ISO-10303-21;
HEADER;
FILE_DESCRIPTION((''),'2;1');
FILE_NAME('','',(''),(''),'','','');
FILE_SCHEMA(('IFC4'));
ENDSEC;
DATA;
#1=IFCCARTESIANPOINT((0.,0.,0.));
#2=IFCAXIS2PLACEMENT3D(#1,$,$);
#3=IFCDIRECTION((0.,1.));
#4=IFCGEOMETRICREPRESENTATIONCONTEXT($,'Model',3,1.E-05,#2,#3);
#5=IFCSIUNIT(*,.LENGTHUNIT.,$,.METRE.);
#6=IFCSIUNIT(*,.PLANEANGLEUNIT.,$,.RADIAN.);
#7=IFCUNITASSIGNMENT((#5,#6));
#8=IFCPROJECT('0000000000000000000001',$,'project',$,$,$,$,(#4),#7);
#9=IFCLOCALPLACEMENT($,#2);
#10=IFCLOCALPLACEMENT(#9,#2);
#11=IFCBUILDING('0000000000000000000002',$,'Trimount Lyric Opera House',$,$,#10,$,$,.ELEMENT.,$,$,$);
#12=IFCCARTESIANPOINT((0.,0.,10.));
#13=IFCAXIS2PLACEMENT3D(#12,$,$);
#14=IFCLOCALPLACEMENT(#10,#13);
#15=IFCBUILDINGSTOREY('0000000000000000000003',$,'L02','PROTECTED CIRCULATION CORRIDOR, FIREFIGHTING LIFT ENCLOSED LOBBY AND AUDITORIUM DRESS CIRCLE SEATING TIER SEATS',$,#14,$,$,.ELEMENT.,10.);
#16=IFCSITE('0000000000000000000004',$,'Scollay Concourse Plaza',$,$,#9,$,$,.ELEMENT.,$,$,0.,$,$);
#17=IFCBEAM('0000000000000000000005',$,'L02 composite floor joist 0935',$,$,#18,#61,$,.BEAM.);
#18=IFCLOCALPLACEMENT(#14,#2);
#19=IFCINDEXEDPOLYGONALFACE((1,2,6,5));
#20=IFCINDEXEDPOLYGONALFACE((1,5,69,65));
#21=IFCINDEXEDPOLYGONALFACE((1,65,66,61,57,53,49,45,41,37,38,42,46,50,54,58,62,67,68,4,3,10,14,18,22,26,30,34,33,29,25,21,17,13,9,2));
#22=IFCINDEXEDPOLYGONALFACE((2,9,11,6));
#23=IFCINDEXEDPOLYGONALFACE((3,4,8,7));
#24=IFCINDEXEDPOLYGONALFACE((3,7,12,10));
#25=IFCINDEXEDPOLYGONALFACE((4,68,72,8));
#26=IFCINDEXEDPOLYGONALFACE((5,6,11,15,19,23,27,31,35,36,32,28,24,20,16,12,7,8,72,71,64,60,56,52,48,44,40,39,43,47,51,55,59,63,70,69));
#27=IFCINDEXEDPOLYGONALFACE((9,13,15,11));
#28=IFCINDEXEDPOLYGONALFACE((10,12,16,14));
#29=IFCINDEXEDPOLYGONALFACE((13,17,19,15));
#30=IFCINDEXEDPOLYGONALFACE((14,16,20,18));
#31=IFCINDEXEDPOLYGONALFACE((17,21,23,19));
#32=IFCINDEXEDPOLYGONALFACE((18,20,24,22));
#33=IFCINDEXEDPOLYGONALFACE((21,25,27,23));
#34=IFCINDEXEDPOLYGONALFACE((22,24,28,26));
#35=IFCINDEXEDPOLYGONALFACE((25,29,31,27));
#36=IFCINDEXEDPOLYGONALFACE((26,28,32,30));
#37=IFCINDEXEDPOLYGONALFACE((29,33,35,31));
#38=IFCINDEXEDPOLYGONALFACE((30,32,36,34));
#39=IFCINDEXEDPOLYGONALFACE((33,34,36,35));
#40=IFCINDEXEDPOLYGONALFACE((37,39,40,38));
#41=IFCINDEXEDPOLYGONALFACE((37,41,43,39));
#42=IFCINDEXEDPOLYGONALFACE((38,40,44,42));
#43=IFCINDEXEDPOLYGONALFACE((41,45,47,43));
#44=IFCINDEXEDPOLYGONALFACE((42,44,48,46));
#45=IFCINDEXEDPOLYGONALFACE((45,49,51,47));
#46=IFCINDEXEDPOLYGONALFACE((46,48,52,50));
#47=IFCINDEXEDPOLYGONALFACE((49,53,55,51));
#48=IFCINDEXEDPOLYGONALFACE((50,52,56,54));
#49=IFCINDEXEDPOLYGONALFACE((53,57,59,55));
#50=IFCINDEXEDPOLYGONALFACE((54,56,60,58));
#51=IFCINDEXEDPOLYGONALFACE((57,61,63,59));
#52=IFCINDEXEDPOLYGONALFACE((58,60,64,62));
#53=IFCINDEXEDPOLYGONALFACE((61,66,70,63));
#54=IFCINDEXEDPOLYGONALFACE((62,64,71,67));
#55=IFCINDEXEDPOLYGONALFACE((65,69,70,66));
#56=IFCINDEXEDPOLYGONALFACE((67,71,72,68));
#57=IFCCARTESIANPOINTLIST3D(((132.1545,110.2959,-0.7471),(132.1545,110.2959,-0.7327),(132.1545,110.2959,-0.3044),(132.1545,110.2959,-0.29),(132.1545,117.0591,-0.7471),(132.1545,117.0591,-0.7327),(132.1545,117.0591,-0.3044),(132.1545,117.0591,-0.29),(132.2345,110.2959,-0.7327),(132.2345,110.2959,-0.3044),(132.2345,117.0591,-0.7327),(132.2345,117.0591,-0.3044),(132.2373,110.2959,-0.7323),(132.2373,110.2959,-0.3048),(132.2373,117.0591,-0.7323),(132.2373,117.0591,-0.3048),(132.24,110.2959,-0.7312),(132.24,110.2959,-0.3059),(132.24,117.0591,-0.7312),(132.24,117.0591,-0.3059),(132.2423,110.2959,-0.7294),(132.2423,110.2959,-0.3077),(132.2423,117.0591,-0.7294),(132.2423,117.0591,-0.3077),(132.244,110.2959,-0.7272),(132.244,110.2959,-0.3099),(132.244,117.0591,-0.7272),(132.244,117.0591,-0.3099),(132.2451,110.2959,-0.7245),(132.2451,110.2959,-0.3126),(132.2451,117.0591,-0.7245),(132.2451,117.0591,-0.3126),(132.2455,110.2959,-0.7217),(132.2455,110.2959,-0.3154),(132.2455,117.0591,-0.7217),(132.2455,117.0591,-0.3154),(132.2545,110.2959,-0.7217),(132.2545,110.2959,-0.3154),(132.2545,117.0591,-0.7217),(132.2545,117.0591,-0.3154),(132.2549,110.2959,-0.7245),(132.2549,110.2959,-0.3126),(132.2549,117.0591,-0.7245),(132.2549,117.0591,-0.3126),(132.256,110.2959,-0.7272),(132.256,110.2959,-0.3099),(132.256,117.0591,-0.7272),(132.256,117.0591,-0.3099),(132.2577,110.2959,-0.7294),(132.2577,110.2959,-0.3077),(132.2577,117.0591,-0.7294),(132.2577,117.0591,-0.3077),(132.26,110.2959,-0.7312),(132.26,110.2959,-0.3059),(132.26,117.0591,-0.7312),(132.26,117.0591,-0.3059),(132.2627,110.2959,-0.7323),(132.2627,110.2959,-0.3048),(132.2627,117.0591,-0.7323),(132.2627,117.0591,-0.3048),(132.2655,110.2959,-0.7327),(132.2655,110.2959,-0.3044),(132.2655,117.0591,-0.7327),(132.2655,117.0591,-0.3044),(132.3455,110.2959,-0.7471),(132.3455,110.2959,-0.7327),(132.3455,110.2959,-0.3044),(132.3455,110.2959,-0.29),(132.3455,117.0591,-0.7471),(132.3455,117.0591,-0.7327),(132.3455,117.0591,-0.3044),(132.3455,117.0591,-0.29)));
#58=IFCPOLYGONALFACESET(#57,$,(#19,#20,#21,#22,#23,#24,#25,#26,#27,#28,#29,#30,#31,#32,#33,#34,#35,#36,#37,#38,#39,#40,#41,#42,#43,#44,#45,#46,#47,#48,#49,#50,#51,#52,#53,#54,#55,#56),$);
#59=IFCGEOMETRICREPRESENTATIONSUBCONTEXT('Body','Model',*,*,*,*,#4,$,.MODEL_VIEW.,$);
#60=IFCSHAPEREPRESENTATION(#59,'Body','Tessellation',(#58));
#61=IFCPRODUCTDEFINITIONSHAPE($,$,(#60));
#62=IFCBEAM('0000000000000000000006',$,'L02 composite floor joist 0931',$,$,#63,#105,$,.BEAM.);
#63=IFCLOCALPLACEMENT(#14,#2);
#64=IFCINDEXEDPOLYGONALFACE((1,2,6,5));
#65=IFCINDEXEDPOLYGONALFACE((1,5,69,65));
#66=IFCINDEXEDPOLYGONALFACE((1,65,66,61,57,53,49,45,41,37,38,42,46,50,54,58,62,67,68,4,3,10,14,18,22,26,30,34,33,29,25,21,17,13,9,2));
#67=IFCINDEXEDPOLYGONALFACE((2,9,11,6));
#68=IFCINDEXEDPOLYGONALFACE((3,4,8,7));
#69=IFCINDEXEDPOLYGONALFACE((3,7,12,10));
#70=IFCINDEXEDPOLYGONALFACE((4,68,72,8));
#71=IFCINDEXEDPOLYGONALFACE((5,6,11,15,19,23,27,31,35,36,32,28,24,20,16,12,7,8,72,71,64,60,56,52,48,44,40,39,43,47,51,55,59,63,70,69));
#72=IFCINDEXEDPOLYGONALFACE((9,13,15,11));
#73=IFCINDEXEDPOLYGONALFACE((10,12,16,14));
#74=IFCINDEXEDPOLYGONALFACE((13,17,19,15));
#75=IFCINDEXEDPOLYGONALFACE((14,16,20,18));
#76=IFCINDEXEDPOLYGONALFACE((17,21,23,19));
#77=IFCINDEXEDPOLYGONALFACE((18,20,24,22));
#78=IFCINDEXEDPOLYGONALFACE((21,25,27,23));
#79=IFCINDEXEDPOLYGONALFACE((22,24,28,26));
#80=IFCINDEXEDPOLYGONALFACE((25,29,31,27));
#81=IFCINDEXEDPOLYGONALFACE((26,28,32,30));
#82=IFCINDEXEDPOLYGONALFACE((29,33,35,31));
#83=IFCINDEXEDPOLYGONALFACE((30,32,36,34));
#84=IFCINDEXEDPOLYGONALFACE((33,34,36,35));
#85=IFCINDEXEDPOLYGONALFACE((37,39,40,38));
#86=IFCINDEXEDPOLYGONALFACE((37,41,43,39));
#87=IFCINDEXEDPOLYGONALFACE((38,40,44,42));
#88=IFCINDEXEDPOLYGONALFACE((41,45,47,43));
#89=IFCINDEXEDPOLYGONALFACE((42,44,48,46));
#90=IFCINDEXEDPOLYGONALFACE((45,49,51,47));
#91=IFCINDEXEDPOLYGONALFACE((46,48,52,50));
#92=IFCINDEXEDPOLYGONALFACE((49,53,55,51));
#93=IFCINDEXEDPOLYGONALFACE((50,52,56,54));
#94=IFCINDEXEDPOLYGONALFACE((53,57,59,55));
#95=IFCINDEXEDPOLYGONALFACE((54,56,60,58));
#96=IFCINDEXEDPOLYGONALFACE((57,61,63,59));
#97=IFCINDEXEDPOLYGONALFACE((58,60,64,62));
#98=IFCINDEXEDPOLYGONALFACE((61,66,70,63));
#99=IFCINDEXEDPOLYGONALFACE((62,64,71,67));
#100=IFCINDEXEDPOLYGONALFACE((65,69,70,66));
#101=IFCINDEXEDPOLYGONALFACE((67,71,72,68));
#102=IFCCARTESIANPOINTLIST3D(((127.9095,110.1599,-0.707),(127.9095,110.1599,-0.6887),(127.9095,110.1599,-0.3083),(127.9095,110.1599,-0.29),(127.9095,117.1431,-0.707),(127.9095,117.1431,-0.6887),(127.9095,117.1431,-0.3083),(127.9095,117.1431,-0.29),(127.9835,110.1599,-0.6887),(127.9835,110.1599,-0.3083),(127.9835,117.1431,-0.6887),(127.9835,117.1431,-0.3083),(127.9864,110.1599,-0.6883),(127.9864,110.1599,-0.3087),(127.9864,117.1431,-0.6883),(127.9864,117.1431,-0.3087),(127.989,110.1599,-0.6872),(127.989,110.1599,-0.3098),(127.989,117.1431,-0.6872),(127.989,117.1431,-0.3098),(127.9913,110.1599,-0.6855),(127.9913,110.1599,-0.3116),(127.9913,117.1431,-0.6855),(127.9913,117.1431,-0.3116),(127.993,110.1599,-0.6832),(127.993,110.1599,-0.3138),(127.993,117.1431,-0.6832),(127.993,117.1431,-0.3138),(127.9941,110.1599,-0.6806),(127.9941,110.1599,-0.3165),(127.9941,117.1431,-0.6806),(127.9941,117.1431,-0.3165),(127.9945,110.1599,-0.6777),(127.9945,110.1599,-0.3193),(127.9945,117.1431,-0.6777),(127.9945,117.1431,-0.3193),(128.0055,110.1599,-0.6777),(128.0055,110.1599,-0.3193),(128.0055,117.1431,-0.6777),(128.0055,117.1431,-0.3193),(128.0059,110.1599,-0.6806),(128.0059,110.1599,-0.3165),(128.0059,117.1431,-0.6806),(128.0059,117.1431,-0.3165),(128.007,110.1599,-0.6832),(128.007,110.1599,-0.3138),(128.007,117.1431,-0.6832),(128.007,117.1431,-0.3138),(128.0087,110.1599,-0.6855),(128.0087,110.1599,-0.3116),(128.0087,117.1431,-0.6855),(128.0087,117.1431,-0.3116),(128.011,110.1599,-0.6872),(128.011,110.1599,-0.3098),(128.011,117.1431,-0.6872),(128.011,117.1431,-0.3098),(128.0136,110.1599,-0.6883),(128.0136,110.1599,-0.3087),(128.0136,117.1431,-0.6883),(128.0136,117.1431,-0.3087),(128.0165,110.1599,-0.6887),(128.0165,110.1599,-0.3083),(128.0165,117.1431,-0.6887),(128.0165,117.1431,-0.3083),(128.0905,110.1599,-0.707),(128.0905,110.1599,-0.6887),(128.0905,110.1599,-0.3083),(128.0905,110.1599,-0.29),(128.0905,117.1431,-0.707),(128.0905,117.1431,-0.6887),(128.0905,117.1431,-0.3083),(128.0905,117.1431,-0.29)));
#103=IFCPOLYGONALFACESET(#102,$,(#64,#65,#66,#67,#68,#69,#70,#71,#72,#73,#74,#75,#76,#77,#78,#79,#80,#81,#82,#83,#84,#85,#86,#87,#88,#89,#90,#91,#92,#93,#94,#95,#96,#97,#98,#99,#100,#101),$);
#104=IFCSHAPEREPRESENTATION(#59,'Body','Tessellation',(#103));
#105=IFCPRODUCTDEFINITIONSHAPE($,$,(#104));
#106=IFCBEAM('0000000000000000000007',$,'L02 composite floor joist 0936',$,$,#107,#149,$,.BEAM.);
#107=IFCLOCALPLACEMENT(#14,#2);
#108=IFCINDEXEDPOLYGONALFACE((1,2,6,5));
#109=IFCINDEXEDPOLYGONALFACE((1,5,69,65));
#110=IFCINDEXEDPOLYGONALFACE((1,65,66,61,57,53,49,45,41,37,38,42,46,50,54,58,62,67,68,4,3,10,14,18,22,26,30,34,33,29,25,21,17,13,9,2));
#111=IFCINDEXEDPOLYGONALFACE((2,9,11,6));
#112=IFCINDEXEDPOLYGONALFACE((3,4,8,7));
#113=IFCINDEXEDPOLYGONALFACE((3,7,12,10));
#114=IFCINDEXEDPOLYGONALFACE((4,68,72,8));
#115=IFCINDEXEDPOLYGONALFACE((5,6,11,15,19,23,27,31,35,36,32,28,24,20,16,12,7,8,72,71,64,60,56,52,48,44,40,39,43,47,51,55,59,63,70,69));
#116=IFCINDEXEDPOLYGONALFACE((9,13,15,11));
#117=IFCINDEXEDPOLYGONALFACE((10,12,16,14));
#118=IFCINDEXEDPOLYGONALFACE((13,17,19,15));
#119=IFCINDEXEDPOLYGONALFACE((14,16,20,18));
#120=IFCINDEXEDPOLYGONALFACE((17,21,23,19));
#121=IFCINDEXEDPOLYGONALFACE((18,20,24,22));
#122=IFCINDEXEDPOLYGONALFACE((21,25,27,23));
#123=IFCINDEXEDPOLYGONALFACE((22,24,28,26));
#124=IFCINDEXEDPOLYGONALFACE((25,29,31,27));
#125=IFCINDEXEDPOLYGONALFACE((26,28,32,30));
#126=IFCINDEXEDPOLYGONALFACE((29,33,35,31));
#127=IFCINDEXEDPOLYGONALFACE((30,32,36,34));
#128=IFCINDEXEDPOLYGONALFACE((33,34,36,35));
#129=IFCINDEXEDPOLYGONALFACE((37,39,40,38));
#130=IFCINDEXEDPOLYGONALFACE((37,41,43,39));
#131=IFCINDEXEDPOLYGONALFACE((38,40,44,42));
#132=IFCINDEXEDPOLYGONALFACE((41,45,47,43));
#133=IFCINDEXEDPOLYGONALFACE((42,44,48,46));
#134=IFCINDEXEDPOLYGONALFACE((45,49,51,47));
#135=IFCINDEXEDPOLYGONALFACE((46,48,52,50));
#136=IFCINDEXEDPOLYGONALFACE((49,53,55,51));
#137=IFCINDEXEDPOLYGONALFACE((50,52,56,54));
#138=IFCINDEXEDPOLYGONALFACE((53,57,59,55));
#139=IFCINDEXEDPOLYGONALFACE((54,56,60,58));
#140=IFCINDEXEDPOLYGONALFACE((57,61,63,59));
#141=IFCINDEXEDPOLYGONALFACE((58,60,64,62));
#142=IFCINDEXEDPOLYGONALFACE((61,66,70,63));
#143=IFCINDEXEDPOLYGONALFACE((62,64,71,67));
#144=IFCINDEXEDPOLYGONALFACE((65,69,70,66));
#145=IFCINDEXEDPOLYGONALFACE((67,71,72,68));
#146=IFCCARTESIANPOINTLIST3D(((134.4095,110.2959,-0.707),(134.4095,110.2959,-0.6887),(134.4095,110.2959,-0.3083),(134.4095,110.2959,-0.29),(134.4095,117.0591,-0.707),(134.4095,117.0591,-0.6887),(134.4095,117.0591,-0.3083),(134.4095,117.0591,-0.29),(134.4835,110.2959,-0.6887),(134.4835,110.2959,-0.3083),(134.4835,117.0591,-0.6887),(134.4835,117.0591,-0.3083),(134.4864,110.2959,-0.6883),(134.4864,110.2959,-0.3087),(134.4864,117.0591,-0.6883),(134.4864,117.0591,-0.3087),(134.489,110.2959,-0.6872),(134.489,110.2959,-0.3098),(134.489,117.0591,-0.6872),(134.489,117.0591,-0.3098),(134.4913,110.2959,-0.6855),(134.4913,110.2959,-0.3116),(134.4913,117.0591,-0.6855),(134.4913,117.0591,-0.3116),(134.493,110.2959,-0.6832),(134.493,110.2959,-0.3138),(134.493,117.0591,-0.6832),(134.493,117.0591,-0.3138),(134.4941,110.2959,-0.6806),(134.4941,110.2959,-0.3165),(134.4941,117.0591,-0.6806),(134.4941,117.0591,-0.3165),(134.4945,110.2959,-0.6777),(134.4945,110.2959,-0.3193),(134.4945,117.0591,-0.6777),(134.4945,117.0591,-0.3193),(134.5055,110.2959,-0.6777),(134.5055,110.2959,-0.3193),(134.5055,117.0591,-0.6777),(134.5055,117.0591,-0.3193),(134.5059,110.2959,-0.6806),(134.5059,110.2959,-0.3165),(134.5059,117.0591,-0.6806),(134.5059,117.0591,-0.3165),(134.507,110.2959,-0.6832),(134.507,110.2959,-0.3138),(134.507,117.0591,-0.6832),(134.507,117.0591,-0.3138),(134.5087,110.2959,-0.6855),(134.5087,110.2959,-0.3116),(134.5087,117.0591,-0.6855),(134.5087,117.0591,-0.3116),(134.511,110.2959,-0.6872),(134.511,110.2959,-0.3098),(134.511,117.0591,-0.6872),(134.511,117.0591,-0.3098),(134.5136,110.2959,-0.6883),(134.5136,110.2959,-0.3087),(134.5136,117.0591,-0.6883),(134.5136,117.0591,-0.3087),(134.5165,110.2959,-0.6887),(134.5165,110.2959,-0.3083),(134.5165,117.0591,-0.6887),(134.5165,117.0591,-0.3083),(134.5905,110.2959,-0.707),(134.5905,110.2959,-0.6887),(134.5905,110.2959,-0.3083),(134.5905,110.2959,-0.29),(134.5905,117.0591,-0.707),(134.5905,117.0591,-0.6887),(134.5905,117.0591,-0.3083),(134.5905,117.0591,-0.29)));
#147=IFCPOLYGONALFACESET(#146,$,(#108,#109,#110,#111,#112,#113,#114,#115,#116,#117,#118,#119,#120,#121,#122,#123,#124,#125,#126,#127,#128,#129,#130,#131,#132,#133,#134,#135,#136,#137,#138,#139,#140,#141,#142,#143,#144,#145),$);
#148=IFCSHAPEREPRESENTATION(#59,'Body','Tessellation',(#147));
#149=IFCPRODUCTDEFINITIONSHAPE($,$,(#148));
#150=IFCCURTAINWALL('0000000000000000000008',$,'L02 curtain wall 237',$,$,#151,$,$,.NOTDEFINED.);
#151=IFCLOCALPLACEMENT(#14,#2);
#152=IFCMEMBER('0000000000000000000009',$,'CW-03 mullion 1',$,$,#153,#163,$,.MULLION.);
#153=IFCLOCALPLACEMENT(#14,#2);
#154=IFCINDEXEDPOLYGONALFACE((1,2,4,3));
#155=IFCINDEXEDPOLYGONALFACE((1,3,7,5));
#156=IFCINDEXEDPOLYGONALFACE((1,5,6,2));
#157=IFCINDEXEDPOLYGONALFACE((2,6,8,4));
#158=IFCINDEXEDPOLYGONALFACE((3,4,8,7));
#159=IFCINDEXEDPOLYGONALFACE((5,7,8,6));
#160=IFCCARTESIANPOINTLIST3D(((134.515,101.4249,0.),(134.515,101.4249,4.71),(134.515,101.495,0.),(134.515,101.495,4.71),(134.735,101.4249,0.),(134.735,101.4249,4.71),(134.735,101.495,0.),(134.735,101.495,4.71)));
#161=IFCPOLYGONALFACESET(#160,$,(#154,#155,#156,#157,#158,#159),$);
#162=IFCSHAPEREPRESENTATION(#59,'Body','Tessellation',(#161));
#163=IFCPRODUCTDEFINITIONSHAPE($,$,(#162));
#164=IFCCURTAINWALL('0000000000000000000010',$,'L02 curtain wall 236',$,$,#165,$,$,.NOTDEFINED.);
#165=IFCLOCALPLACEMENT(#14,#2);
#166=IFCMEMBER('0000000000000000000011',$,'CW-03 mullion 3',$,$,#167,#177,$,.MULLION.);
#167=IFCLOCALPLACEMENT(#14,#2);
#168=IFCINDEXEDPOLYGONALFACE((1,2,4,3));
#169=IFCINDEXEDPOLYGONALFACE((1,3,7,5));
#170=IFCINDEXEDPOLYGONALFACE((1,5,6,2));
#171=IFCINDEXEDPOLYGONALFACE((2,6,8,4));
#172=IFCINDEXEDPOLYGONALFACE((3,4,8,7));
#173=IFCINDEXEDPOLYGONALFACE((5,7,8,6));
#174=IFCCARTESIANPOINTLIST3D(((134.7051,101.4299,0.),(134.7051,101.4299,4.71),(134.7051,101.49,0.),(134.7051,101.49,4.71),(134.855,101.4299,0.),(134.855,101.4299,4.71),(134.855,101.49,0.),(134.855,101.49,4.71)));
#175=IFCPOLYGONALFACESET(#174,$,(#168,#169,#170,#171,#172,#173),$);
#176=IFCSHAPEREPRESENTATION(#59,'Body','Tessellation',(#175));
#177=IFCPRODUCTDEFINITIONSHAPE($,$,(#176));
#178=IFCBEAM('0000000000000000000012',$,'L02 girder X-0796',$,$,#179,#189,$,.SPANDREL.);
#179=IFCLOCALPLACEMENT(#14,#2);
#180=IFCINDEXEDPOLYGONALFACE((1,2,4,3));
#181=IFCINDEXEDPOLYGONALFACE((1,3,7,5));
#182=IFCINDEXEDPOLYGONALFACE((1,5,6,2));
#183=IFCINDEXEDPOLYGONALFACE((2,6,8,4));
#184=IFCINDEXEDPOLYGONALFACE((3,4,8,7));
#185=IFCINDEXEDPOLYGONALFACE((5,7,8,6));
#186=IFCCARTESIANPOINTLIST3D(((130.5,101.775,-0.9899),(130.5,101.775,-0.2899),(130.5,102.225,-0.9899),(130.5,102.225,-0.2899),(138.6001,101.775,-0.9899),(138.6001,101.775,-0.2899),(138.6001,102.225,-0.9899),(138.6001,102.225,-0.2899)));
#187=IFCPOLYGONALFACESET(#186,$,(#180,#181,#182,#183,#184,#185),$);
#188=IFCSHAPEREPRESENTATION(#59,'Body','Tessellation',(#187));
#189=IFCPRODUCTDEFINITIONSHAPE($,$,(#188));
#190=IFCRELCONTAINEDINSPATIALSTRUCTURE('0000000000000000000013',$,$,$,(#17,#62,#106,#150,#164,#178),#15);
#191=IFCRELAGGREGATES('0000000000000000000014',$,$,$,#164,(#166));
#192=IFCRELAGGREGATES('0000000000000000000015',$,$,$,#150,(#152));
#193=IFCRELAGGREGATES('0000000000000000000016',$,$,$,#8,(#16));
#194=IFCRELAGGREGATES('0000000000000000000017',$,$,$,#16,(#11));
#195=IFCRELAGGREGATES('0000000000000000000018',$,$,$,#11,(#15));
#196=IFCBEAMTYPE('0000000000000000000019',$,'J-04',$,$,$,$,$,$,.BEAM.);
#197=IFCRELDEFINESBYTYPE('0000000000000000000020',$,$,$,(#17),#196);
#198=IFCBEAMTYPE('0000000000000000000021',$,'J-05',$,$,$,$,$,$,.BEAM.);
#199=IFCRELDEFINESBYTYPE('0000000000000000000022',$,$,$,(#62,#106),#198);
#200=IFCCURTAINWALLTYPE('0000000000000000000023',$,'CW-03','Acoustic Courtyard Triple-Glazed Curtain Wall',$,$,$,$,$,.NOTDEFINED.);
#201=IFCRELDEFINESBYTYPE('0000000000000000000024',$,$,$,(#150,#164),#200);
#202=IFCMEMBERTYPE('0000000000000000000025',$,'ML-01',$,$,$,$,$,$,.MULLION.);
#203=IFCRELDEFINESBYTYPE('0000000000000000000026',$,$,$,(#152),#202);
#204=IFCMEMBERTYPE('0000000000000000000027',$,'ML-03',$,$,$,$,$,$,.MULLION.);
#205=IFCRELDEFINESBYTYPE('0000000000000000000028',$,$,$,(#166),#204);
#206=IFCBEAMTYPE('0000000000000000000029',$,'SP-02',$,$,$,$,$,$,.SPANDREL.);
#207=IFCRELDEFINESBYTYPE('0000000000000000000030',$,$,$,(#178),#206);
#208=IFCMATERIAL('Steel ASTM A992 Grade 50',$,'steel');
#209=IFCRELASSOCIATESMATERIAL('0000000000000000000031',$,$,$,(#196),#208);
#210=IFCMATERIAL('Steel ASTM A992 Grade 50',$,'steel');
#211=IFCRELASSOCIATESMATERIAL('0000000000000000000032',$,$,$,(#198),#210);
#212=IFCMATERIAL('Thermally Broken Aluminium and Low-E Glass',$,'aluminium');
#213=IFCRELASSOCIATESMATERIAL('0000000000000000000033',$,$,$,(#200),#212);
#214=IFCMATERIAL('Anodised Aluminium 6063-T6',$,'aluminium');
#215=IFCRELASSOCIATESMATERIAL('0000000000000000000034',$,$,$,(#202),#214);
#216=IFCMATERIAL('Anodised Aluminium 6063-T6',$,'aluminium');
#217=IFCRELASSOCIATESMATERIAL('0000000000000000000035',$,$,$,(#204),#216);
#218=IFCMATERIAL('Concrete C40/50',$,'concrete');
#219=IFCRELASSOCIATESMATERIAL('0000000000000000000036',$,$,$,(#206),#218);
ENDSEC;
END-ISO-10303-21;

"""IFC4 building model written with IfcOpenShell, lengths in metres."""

from ifc_helpers import new_model, si_unit, direction, frame, origin, origin_2d, place, context, subcontext, project, spatial, rectangle, i_section, extrude, material, material_profile, profile_set, type_object, element, aggregate, save


model = new_model("IFC4")

# Units and contexts
model_context = context("Model", 3, precision=1e-05, world=origin(), true_north=direction((0.0, 1.0)))
body_context = subcontext(model_context, "Body", "Model", "MODEL_VIEW")
ifc_project = project(units=[si_unit("LENGTHUNIT", "METRE"), si_unit("PLANEANGLEUNIT", "RADIAN")], contexts=[model_context])

# Site, building, storey
site_placement = place(None, origin())
site = spatial("IfcSite", under=ifc_project, at=site_placement, Name="Scollay Concourse Plaza", CompositionType="ELEMENT", RefElevation=0.0)
building_placement = place(site_placement, origin())
building = spatial("IfcBuilding", under=site, at=building_placement, Name="Trimount Lyric Opera House", CompositionType="ELEMENT")
storey_placement = place(building_placement, frame((0.0, 0.0, 10.0)))
storey = spatial("IfcBuildingStorey", under=building, at=storey_placement, Name="L02", Description="PROTECTED CIRCULATION CORRIDOR, FIREFIGHTING LIFT ENCLOSED LOBBY AND AUDITORIUM DRESS CIRCLE SEATING TIER SEATS", CompositionType="ELEMENT", Elevation=10.0)

# Beams
ifc_material_1 = material(Name="Steel ASTM A992 Grade 50", Category="steel")
ifc_material_profile_1 = material_profile(ifc_material_1, i_section(OverallWidth=0.1909, OverallDepth=0.457, WebThickness=0.009, FlangeThickness=0.0144, FilletRadius=0.011, at=origin_2d()), Name="W18X50")
ifc_profile_set_1 = profile_set([ifc_material_profile_1], Name="Steel ASTM A992 Grade 50")
beam_type_1 = type_object("IfcBeamType", Name="J-04", PredefinedType="BEAM", material=ifc_profile_set_1)
beam_1_placement = place(storey_placement, frame((132.25, 110.2959, -0.5186), z_axis=(0.0, 1.0, 0.0), x_axis=(-1.0, 0.0, 0.0)))
element("IfcBeam", 1, at=beam_1_placement, inside=storey, type_object=beam_type_1, Name="L02 composite floor joist 0935", PredefinedType="BEAM", context=body_context, shape_type="SweptSolid", body=[
    extrude(i_section(OverallWidth=0.1909, OverallDepth=0.457, WebThickness=0.009, FlangeThickness=0.0144, FilletRadius=0.011, at=origin_2d()), origin(), (0.0, 0.0, 1.0), 6.7632),
])
ifc_material_2 = material(Name="Steel ASTM A992 Grade 50", Category="steel")
ifc_material_profile_2 = material_profile(ifc_material_2, i_section(OverallWidth=0.1809, OverallDepth=0.417, WebThickness=0.011, FlangeThickness=0.0183, FilletRadius=0.011, at=origin_2d()), Name="W16X57")
ifc_profile_set_2 = profile_set([ifc_material_profile_2], Name="Steel ASTM A992 Grade 50")
beam_type_2 = type_object("IfcBeamType", Name="J-05", PredefinedType="BEAM", material=ifc_profile_set_2)
beam_2_placement = place(storey_placement, frame((128.0, 110.1599, -0.4985), z_axis=(0.0, 1.0, 0.0), x_axis=(-1.0, 0.0, 0.0)))
element("IfcBeam", 2, at=beam_2_placement, inside=storey, type_object=beam_type_2, Name="L02 composite floor joist 0931", PredefinedType="BEAM", context=body_context, shape_type="SweptSolid", body=[
    extrude(i_section(OverallWidth=0.1809, OverallDepth=0.417, WebThickness=0.011, FlangeThickness=0.0183, FilletRadius=0.011, at=origin_2d()), origin(), (0.0, 0.0, 1.0), 6.9832),
])
beam_3_placement = place(storey_placement, frame((134.5, 110.2959, -0.4985), z_axis=(0.0, 1.0, 0.0), x_axis=(-1.0, 0.0, 0.0)))
element("IfcBeam", 3, at=beam_3_placement, inside=storey, type_object=beam_type_2, Name="L02 composite floor joist 0936", PredefinedType="BEAM", context=body_context, shape_type="SweptSolid", body=[
    extrude(i_section(OverallWidth=0.1809, OverallDepth=0.417, WebThickness=0.011, FlangeThickness=0.0183, FilletRadius=0.011, at=origin_2d()), origin(), (0.0, 0.0, 1.0), 6.7632),
])

# Curtain walls, members
ifc_material_3 = material(Name="Thermally Broken Aluminium and Low-E Glass", Category="aluminium")
curtain_wall_type = type_object("IfcCurtainWallType", Name="CW-03", Description="Acoustic Courtyard Triple-Glazed Curtain Wall", PredefinedType="NOTDEFINED", material=ifc_material_3)
curtain_wall_1_placement = place(storey_placement, origin())
curtain_wall_1 = element("IfcCurtainWall", 4, at=curtain_wall_1_placement, inside=storey, type_object=curtain_wall_type, Name="L02 curtain wall 237", PredefinedType="NOTDEFINED")
ifc_material_4 = material(Name="Anodised Aluminium 6063-T6", Category="aluminium")
ifc_material_profile_3 = material_profile(ifc_material_4, rectangle(XDim=0.0701, YDim=0.22, at=origin_2d()), Name="ALU-MULL-70X220")
ifc_profile_set_3 = profile_set([ifc_material_profile_3], Name="Anodised Aluminium 6063-T6")
member_type_1 = type_object("IfcMemberType", Name="ML-01", PredefinedType="MULLION", material=ifc_profile_set_3)
member_1_placement = place(storey_placement, frame((134.625, 101.46, 0.0), z_axis=(0.0, 0.0, 1.0), x_axis=(0.0, -1.0, 0.0)))
member_1 = element("IfcMember", 5, at=member_1_placement, type_object=member_type_1, Name="CW-03 mullion 1", PredefinedType="MULLION", context=body_context, shape_type="SweptSolid", body=[
    extrude(rectangle(XDim=0.0701, YDim=0.22, at=origin_2d()), origin(), (0.0, 0.0, 1.0), 4.71),
])
curtain_wall_2_placement = place(storey_placement, origin())
curtain_wall_2 = element("IfcCurtainWall", 6, at=curtain_wall_2_placement, inside=storey, type_object=curtain_wall_type, Name="L02 curtain wall 236", PredefinedType="NOTDEFINED")
ifc_material_5 = material(Name="Anodised Aluminium 6063-T6", Category="aluminium")
ifc_material_profile_4 = material_profile(ifc_material_5, rectangle(XDim=0.0601, YDim=0.1499, at=origin_2d()), Name="ALU-MULL-60X150")
ifc_profile_set_4 = profile_set([ifc_material_profile_4], Name="Anodised Aluminium 6063-T6")
member_type_2 = type_object("IfcMemberType", Name="ML-03", PredefinedType="MULLION", material=ifc_profile_set_4)
member_2_placement = place(storey_placement, frame((134.78, 101.46, 0.0), z_axis=(0.0, 0.0, 1.0), x_axis=(0.0, -1.0, 0.0)))
member_2 = element("IfcMember", 7, at=member_2_placement, type_object=member_type_2, Name="CW-03 mullion 3", PredefinedType="MULLION", context=body_context, shape_type="SweptSolid", body=[
    extrude(rectangle(XDim=0.0601, YDim=0.1499, at=origin_2d()), origin(), (0.0, 0.0, 1.0), 4.71),
])

# Beam
ifc_material_6 = material(Name="Concrete C40/50", Category="concrete")
ifc_material_profile_5 = material_profile(ifc_material_6, rectangle(XDim=0.45, YDim=0.7, at=origin_2d()), Name="RC450X700")
ifc_profile_set_5 = profile_set([ifc_material_profile_5], Name="Concrete C40/50")
beam_type_3 = type_object("IfcBeamType", Name="SP-02", PredefinedType="SPANDREL", material=ifc_profile_set_5)
beam_4_placement = place(storey_placement, frame((130.5, 102.0, -0.6399), z_axis=(1.0, 0.0, 0.0), x_axis=(0.0, 1.0, 0.0)))
element("IfcBeam", 8, at=beam_4_placement, inside=storey, type_object=beam_type_3, Name="L02 girder X-0796", PredefinedType="SPANDREL", context=body_context, shape_type="SweptSolid", body=[
    extrude(rectangle(XDim=0.45, YDim=0.7, at=origin_2d()), origin(), (0.0, 0.0, 1.0), 8.1001),
])

aggregate(curtain_wall_2, [member_2])
aggregate(curtain_wall_1, [member_1])

save(model, "model.ifc")
